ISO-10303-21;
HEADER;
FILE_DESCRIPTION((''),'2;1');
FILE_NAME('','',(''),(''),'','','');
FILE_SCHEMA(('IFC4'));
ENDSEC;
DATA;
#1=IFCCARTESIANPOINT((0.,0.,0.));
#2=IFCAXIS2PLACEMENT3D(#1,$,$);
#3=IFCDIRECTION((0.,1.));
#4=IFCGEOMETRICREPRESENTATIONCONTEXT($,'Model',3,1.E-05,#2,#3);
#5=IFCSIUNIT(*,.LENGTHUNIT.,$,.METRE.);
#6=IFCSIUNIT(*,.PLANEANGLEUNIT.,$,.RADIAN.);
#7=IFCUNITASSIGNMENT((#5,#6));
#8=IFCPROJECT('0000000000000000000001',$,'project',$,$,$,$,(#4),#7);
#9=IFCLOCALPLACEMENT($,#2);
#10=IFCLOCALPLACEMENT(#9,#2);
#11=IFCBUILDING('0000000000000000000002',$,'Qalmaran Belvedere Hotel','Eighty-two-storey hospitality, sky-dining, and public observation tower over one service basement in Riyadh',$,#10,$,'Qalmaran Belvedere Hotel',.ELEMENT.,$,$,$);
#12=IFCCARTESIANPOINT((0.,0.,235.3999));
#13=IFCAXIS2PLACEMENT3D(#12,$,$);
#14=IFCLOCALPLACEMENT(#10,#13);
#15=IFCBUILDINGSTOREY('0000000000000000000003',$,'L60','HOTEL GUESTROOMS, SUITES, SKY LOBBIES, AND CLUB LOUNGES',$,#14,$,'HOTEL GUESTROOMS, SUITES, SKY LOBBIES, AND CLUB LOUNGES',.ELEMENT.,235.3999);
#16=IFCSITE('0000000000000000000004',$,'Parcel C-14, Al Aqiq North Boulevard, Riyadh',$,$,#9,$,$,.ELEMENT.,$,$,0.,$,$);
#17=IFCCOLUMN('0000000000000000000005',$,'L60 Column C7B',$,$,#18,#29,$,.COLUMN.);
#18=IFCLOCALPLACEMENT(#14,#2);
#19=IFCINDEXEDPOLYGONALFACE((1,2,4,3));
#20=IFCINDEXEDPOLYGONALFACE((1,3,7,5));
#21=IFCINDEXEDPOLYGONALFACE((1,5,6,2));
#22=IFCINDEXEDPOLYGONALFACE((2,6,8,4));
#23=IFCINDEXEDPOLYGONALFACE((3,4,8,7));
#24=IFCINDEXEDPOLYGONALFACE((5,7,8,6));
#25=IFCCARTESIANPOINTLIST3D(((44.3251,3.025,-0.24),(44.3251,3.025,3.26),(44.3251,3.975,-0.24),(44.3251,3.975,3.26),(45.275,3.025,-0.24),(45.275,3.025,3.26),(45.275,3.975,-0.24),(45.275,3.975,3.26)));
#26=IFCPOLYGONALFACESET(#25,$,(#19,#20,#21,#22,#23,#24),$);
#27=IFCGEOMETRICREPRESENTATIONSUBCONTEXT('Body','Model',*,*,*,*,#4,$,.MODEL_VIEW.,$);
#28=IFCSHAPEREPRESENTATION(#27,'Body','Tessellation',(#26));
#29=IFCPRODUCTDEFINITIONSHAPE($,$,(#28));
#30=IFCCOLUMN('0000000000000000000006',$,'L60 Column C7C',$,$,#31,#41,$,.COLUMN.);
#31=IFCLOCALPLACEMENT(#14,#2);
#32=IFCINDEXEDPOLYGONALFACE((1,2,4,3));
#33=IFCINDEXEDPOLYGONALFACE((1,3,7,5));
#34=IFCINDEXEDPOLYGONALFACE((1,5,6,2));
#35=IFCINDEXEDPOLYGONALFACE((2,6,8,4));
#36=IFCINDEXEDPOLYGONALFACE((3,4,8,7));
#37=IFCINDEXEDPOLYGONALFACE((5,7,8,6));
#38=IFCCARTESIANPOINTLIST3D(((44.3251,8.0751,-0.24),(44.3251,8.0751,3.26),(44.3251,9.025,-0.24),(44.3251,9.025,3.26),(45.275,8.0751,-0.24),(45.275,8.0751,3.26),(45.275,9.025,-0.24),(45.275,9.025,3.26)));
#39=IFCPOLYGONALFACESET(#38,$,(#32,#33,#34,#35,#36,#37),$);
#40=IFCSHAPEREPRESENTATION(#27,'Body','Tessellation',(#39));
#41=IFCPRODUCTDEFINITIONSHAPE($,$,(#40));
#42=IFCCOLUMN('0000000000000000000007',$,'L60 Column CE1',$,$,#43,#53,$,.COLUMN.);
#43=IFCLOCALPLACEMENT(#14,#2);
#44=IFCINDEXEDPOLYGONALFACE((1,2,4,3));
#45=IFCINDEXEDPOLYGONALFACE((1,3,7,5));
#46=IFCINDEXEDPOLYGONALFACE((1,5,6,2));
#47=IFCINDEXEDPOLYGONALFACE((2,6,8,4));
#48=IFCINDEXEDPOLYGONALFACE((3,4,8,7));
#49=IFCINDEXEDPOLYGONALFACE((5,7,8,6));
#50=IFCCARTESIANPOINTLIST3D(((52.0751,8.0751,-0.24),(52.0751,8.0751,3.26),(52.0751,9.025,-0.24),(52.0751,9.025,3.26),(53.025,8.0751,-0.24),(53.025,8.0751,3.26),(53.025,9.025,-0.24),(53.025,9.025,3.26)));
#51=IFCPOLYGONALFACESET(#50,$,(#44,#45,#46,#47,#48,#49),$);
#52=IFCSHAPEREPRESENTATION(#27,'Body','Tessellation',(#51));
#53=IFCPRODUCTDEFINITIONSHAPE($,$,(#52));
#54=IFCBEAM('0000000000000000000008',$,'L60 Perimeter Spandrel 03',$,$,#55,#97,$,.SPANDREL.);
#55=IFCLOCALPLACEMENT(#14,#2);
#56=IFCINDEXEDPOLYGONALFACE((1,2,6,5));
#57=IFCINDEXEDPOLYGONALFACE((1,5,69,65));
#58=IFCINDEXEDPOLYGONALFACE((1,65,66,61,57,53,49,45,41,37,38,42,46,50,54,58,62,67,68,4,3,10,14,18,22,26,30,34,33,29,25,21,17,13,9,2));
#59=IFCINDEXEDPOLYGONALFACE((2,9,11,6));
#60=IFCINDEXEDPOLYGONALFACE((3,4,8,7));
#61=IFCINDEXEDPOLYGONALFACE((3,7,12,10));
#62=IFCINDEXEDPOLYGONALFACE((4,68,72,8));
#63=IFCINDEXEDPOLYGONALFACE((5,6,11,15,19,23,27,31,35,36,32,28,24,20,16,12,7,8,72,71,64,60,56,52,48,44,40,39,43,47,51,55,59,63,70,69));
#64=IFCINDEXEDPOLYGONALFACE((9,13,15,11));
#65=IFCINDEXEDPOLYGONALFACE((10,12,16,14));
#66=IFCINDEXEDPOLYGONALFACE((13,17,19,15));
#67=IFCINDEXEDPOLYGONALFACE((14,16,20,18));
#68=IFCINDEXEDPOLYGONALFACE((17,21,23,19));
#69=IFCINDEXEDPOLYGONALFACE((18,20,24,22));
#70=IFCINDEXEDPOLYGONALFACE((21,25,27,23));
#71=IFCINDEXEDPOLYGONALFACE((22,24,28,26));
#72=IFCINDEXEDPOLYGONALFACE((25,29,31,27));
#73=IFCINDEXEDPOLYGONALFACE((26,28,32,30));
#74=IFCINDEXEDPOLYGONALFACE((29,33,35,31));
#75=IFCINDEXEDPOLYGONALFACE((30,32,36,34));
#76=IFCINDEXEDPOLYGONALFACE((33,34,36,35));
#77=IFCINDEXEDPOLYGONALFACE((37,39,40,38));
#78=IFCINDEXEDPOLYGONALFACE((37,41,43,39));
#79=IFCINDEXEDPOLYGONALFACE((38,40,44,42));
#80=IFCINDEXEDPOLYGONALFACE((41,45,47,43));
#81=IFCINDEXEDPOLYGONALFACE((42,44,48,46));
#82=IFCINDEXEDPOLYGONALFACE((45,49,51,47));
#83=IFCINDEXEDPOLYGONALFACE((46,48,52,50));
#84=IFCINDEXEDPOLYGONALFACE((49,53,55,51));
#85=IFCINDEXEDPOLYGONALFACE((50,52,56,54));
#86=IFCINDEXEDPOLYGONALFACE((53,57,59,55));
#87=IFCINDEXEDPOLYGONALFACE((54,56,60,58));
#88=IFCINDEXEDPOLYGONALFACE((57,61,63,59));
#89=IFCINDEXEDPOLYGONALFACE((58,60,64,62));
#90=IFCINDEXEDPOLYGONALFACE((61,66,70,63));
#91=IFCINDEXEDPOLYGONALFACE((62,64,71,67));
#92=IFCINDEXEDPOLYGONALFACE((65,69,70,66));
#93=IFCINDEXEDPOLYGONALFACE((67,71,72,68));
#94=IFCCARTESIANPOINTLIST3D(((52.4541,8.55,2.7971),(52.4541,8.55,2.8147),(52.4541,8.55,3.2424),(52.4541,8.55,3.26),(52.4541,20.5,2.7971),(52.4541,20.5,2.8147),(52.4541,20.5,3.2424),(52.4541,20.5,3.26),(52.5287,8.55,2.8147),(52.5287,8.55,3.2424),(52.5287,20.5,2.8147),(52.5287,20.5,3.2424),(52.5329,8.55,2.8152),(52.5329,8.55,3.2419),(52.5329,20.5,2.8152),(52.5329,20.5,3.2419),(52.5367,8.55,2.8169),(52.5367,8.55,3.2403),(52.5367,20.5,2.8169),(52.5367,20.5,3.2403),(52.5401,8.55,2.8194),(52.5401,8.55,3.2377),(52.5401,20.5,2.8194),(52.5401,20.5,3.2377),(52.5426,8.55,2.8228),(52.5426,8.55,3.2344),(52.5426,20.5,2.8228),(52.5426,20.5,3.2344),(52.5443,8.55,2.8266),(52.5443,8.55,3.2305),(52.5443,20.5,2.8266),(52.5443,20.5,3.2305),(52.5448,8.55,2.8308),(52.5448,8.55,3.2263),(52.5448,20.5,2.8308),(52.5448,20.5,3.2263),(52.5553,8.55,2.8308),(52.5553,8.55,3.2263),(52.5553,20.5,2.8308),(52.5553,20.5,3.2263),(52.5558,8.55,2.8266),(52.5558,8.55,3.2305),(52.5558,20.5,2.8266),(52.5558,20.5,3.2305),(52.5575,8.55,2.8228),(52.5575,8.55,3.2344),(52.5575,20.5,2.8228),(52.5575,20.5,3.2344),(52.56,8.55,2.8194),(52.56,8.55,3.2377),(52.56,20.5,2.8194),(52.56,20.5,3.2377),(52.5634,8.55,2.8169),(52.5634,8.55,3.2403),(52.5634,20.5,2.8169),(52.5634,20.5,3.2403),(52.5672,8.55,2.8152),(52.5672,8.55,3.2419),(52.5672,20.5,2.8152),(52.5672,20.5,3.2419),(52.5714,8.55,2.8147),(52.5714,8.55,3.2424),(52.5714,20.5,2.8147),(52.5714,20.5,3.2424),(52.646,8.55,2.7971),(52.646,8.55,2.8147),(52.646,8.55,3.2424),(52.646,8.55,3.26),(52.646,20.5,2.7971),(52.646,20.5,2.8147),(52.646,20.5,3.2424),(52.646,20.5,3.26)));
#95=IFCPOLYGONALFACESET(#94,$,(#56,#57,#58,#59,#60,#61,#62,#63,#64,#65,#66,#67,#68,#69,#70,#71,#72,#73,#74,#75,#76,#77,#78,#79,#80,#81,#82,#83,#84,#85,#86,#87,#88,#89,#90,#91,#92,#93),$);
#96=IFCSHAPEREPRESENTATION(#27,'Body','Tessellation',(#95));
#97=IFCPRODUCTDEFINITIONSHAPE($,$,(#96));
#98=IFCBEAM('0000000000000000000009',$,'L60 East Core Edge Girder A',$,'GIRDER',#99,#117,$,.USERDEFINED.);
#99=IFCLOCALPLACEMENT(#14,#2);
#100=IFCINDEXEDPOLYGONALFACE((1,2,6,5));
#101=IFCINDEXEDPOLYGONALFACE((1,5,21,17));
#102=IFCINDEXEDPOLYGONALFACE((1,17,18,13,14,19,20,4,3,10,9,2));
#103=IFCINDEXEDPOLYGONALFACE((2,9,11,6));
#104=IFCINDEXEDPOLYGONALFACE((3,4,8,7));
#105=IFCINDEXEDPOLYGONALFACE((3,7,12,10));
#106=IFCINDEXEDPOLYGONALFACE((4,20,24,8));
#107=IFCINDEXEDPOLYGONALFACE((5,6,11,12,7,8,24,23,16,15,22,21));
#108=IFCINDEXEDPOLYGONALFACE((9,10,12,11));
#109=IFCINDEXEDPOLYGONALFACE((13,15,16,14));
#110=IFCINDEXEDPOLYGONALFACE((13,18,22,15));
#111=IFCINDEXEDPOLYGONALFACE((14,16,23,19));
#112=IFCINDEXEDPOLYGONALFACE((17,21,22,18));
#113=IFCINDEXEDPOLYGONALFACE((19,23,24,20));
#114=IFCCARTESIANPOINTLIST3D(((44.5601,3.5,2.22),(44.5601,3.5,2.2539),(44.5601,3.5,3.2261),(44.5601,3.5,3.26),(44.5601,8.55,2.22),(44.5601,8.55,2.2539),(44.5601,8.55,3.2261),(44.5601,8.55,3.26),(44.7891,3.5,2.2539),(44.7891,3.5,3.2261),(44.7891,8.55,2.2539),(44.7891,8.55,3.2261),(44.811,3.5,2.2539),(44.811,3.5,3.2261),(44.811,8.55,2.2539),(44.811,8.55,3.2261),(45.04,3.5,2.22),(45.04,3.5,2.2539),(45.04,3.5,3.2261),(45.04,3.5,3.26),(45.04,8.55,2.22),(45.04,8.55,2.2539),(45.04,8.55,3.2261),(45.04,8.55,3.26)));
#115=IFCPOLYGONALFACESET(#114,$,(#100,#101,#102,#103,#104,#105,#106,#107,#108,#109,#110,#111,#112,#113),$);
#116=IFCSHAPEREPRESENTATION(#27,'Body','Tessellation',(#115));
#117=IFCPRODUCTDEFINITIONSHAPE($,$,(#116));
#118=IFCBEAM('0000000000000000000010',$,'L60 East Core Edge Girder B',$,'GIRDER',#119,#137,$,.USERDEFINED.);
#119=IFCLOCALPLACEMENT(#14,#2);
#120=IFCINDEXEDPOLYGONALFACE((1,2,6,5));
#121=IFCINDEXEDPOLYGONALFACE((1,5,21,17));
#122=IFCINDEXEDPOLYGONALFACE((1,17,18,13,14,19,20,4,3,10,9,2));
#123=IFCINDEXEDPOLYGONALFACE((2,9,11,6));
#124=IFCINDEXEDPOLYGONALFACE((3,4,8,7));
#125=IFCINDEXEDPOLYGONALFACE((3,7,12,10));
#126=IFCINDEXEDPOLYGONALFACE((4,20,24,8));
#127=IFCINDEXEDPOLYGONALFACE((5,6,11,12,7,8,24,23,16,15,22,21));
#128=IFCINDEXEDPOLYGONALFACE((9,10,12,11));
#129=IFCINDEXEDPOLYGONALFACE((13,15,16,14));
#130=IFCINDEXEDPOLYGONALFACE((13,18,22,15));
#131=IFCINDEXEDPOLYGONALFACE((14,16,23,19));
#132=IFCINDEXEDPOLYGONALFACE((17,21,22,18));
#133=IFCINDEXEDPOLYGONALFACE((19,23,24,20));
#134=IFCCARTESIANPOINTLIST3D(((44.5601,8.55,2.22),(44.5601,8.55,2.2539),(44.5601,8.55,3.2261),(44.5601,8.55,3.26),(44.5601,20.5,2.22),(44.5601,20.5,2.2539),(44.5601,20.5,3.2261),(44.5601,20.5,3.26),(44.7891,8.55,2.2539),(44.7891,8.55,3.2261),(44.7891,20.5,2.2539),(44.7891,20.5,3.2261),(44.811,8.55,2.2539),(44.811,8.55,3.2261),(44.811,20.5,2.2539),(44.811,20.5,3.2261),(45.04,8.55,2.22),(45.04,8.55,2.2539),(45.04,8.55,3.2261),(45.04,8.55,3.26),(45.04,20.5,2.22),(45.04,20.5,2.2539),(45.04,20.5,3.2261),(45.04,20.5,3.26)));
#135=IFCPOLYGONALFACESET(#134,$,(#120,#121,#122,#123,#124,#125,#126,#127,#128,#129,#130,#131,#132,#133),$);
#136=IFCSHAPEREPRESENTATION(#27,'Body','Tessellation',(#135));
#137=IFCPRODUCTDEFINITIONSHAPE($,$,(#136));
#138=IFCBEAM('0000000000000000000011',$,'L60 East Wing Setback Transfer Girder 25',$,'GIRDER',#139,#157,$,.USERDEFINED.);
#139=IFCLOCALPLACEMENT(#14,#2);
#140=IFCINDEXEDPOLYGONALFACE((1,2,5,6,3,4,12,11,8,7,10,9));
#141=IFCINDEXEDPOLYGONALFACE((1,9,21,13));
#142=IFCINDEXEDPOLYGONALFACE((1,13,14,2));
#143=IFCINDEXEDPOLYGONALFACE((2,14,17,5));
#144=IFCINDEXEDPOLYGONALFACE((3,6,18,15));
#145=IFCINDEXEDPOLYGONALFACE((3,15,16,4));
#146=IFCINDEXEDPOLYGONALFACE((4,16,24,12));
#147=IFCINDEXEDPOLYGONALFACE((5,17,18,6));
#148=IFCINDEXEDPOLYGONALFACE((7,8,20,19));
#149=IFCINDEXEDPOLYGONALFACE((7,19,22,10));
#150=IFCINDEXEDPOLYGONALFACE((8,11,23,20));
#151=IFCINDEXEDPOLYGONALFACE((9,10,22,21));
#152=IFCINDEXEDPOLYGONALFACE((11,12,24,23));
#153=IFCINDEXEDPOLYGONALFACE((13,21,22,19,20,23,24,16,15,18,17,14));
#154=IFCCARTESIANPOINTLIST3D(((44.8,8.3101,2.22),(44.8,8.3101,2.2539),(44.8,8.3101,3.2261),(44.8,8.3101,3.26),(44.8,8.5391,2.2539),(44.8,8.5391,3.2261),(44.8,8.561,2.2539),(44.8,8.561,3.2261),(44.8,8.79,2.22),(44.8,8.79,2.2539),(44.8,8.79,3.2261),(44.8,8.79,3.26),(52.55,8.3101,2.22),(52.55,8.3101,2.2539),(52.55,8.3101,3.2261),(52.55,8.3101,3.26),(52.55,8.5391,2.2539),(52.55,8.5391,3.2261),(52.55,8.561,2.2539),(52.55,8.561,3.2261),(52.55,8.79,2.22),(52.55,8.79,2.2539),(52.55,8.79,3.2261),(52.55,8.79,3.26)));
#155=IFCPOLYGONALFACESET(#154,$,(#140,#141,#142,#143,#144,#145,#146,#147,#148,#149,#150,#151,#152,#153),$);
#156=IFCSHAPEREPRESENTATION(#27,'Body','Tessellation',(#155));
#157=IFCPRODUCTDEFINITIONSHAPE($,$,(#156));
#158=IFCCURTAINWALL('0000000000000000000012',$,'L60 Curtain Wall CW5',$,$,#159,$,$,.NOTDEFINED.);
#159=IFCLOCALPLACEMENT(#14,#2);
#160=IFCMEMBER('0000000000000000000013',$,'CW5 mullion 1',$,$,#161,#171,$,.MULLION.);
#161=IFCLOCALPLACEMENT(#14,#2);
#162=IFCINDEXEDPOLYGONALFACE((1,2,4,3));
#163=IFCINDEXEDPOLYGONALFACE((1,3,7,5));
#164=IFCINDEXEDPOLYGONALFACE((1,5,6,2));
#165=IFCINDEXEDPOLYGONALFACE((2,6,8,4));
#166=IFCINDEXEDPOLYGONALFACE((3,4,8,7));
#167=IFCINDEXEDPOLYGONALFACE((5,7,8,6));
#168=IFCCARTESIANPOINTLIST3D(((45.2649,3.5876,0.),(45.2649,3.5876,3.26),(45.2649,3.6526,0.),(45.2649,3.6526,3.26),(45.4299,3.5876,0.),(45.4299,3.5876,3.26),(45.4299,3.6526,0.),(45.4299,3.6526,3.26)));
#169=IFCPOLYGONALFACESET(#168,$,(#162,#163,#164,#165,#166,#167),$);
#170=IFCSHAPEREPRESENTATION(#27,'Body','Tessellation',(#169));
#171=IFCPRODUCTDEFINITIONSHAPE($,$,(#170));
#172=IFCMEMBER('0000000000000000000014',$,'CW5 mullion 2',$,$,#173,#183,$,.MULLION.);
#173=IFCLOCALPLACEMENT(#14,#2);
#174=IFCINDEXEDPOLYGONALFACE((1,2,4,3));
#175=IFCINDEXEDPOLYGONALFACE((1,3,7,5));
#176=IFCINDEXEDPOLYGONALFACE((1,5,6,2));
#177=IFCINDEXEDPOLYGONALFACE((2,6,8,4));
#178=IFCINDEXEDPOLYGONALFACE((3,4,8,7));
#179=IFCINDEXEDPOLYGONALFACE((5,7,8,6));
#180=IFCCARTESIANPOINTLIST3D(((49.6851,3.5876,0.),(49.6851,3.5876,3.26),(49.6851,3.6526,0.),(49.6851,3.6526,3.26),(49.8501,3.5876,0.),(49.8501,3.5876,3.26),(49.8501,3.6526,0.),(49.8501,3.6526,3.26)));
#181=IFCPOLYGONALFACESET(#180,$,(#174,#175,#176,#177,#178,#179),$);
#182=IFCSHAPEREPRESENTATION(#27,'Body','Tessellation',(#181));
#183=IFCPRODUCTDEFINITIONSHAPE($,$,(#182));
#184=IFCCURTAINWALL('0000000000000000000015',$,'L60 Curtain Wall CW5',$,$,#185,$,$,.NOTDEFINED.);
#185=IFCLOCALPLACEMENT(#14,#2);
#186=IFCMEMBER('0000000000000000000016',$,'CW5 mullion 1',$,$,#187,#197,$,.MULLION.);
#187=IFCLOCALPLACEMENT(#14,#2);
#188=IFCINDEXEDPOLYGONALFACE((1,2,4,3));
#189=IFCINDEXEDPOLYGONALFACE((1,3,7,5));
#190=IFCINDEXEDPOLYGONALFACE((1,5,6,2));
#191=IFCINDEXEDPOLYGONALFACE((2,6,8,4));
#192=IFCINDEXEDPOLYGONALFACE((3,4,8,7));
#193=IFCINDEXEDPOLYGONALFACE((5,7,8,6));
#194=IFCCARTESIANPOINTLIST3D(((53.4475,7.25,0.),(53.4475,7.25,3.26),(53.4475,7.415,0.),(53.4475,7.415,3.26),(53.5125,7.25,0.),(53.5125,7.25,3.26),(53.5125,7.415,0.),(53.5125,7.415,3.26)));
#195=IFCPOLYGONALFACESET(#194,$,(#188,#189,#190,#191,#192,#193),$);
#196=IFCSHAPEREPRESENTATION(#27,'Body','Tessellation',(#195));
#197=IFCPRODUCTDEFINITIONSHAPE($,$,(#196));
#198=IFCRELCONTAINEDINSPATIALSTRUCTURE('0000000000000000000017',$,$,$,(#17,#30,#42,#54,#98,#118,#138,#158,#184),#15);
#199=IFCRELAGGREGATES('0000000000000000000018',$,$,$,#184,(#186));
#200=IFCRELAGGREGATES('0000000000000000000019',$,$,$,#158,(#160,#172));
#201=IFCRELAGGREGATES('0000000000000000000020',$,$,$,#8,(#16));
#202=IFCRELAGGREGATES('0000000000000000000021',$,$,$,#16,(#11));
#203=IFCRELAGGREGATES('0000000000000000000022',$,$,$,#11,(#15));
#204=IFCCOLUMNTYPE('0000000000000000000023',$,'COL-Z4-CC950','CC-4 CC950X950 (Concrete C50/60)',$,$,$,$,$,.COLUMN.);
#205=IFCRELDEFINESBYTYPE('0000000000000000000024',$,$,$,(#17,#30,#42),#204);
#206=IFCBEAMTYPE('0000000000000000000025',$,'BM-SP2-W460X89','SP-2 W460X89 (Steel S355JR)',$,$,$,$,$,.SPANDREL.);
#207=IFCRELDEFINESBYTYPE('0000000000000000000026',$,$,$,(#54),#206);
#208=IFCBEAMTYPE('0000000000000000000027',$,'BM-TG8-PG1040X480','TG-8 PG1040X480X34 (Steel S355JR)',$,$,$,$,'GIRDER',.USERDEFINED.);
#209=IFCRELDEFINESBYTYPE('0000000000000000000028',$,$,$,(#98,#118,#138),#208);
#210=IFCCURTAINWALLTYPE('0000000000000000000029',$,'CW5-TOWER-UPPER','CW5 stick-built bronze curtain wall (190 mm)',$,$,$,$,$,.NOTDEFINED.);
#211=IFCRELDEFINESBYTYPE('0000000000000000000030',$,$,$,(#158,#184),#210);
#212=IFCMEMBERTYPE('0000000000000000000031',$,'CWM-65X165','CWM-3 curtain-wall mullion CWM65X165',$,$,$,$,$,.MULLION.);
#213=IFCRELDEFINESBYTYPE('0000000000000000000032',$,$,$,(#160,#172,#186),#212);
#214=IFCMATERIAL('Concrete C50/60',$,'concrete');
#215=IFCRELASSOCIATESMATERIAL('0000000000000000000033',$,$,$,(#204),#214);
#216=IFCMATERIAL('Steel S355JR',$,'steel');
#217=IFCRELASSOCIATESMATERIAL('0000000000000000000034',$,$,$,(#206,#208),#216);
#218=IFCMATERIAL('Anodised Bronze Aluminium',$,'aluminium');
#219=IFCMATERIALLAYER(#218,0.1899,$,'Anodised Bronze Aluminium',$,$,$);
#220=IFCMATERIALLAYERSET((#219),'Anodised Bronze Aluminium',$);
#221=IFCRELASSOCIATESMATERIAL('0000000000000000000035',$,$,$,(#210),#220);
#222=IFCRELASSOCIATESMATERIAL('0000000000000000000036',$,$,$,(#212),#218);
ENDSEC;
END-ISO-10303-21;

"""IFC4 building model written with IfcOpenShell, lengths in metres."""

from ifc_helpers import new_model, si_unit, direction, frame, origin, origin_2d, place, context, subcontext, project, spatial, rectangle, i_section, extrude, material, layer, layer_set, material_profile, profile_set, type_object, element, aggregate, save


model = new_model("IFC4")

# Units and contexts
model_context = context("Model", 3, precision=1e-05, world=origin(), true_north=direction((0.0, 1.0)))
body_context = subcontext(model_context, "Body", "Model", "MODEL_VIEW")
ifc_project = project(units=[si_unit("LENGTHUNIT", "METRE"), si_unit("PLANEANGLEUNIT", "RADIAN")], contexts=[model_context])

# Site, building, storey
site_placement = place(None, origin())
site = spatial("IfcSite", under=ifc_project, at=site_placement, Name="Parcel C-14, Al Aqiq North Boulevard, Riyadh", CompositionType="ELEMENT", RefElevation=0.0)
building_placement = place(site_placement, origin())
building = spatial("IfcBuilding", under=site, at=building_placement, Name="Qalmaran Belvedere Hotel", Description="Eighty-two-storey hospitality, sky-dining, and public observation tower over one service basement in Riyadh", LongName="Qalmaran Belvedere Hotel", CompositionType="ELEMENT")
storey_placement = place(building_placement, frame((0.0, 0.0, 235.3999)))
storey = spatial("IfcBuildingStorey", under=building, at=storey_placement, Name="L60", Description="HOTEL GUESTROOMS, SUITES, SKY LOBBIES, AND CLUB LOUNGES", LongName="HOTEL GUESTROOMS, SUITES, SKY LOBBIES, AND CLUB LOUNGES", CompositionType="ELEMENT", Elevation=235.3999)

# Columns
ifc_material_1 = material(Name="Concrete C50/60", Category="concrete")
ifc_material_profile_1 = material_profile(ifc_material_1, rectangle(XDim=0.95, YDim=0.95, at=origin_2d()), Name="CC950X950")
ifc_profile_set_1 = profile_set([ifc_material_profile_1], Name="Concrete C50/60")
column_type = type_object("IfcColumnType", Name="COL-Z4-CC950", Description="CC-4 CC950X950 (Concrete C50/60)", PredefinedType="COLUMN", material=ifc_profile_set_1)
for number, where, z_axis, x_axis, name in (
    (1, (44.8, 3.5, -0.24), (0.0, 0.0, 1.0), (1.0, 0.0, 0.0), "L60 Column C7B"),
    (2, (44.8, 8.55, -0.24), (0.0, 0.0, 1.0), (1.0, 0.0, 0.0), "L60 Column C7C"),
    (3, (52.55, 8.55, -0.24), (0.0, 0.0, 1.0), (1.0, 0.0, 0.0), "L60 Column CE1"),
):
    element("IfcColumn", number, at=place(storey_placement, frame(where, z_axis=z_axis, x_axis=x_axis)), inside=storey, type_object=column_type, Name=name, PredefinedType="COLUMN", context=body_context, shape_type="SweptSolid", body=[
        extrude(rectangle(XDim=0.95, YDim=0.95, at=origin_2d()), origin(), (0.0, 0.0, 1.0), 3.5),
    ])

# Beams
ifc_material_2 = material(Name="Steel S355JR", Category="steel")
ifc_material_profile_2 = material_profile(ifc_material_2, i_section(OverallWidth=0.1919, OverallDepth=0.4629, WebThickness=0.0105, FlangeThickness=0.0176, FilletRadius=0.0161, at=origin_2d()), Name="W460X89")
ifc_profile_set_2 = profile_set([ifc_material_profile_2], Name="Steel S355JR")
beam_type_1 = type_object("IfcBeamType", Name="BM-SP2-W460X89", Description="SP-2 W460X89 (Steel S355JR)", PredefinedType="SPANDREL", material=ifc_profile_set_2)
beam_1_placement = place(storey_placement, frame((52.55, 8.55, 3.0286), z_axis=(0.0, 1.0, 0.0), x_axis=(-1.0, 0.0, 0.0)))
element("IfcBeam", 4, at=beam_1_placement, inside=storey, type_object=beam_type_1, Name="L60 Perimeter Spandrel 03", PredefinedType="SPANDREL", context=body_context, shape_type="SweptSolid", body=[
    extrude(i_section(OverallWidth=0.1919, OverallDepth=0.4629, WebThickness=0.0105, FlangeThickness=0.0176, FilletRadius=0.0161, at=origin_2d()), origin(), (0.0, 0.0, 1.0), 11.95),
])
ifc_material_profile_3 = material_profile(ifc_material_2, i_section(OverallWidth=0.48, OverallDepth=1.04, WebThickness=0.022, FlangeThickness=0.0339, at=origin_2d()), Name="PG1040X480X34")
ifc_profile_set_3 = profile_set([ifc_material_profile_3], Name="Steel S355JR")
beam_type_2 = type_object("IfcBeamType", Name="BM-TG8-PG1040X480", Description="TG-8 PG1040X480X34 (Steel S355JR)", ElementType="GIRDER", PredefinedType="USERDEFINED", material=ifc_profile_set_3)
beam_2_placement = place(storey_placement, frame((44.8, 3.5, 2.74), z_axis=(0.0, 1.0, 0.0), x_axis=(-1.0, 0.0, 0.0)))
element("IfcBeam", 5, at=beam_2_placement, inside=storey, type_object=beam_type_2, Name="L60 East Core Edge Girder A", ObjectType="GIRDER", PredefinedType="USERDEFINED", context=body_context, shape_type="SweptSolid", body=[
    extrude(i_section(OverallWidth=0.48, OverallDepth=1.04, WebThickness=0.022, FlangeThickness=0.0339, at=origin_2d()), origin(), (0.0, 0.0, 1.0), 5.05),
])
beam_3_placement = place(storey_placement, frame((44.8, 8.55, 2.74), z_axis=(0.0, 1.0, 0.0), x_axis=(-1.0, 0.0, 0.0)))
element("IfcBeam", 6, at=beam_3_placement, inside=storey, type_object=beam_type_2, Name="L60 East Core Edge Girder B", ObjectType="GIRDER", PredefinedType="USERDEFINED", context=body_context, shape_type="SweptSolid", body=[
    extrude(i_section(OverallWidth=0.48, OverallDepth=1.04, WebThickness=0.022, FlangeThickness=0.0339, at=origin_2d()), origin(), (0.0, 0.0, 1.0), 11.95),
])
beam_4_placement = place(storey_placement, frame((44.8, 8.55, 2.74), z_axis=(1.0, 0.0, 0.0), x_axis=(0.0, 1.0, 0.0)))
element("IfcBeam", 7, at=beam_4_placement, inside=storey, type_object=beam_type_2, Name="L60 East Wing Setback Transfer Girder 25", ObjectType="GIRDER", PredefinedType="USERDEFINED", context=body_context, shape_type="SweptSolid", body=[
    extrude(i_section(OverallWidth=0.48, OverallDepth=1.04, WebThickness=0.022, FlangeThickness=0.0339, at=origin_2d()), origin(), (0.0, 0.0, 1.0), 7.75),
])

# Curtain wall, members
ifc_material_3 = material(Name="Anodised Bronze Aluminium", Category="aluminium")
ifc_layer_1 = layer(ifc_material_3, 0.1899, Name="Anodised Bronze Aluminium")
ifc_layer_set_1 = layer_set([ifc_layer_1], Name="Anodised Bronze Aluminium")
curtain_wall_type = type_object("IfcCurtainWallType", Name="CW5-TOWER-UPPER", Description="CW5 stick-built bronze curtain wall (190 mm)", PredefinedType="NOTDEFINED", material=ifc_layer_set_1)
curtain_wall_1_placement = place(storey_placement, origin())
curtain_wall_1 = element("IfcCurtainWall", 8, at=curtain_wall_1_placement, inside=storey, type_object=curtain_wall_type, Name="L60 Curtain Wall CW5", PredefinedType="NOTDEFINED")
ifc_material_profile_4 = material_profile(ifc_material_3, rectangle(XDim=0.0649, YDim=0.165, at=origin_2d()), Name="CWM65X165")
ifc_profile_set_4 = profile_set([ifc_material_profile_4], Name="Anodised Bronze Aluminium")
member_type_1 = type_object("IfcMemberType", Name="CWM-65X165", Description="CWM-3 curtain-wall mullion CWM65X165", PredefinedType="MULLION", material=ifc_profile_set_4)
member_1_placement = place(storey_placement, frame((45.3474, 3.6201, 0.0), z_axis=(0.0, 0.0, 1.0), x_axis=(0.0, 1.0, 0.0)))
member_1 = element("IfcMember", 9, at=member_1_placement, type_object=member_type_1, Name="CW5 mullion 1", PredefinedType="MULLION", context=body_context, shape_type="SweptSolid", body=[
    extrude(rectangle(XDim=0.0649, YDim=0.165, at=origin_2d()), origin(), (0.0, 0.0, 1.0), 3.26),
])
member_2_placement = place(storey_placement, frame((49.7676, 3.6201, 0.0), z_axis=(0.0, 0.0, 1.0), x_axis=(0.0, 1.0, 0.0)))
member_2 = element("IfcMember", 10, at=member_2_placement, type_object=member_type_1, Name="CW5 mullion 2", PredefinedType="MULLION", context=body_context, shape_type="SweptSolid", body=[
    extrude(rectangle(XDim=0.0649, YDim=0.165, at=origin_2d()), origin(), (0.0, 0.0, 1.0), 3.26),
])

# Curtain wall, member
curtain_wall_2_placement = place(storey_placement, origin())
curtain_wall_2 = element("IfcCurtainWall", 11, at=curtain_wall_2_placement, inside=storey, type_object=curtain_wall_type, Name="L60 Curtain Wall CW5", PredefinedType="NOTDEFINED")
member_3_placement = place(storey_placement, frame((53.48, 7.3325, 0.0), z_axis=(0.0, 0.0, 1.0), x_axis=(-1.0, 0.0, 0.0)))
member_3 = element("IfcMember", 12, at=member_3_placement, type_object=member_type_1, Name="CW5 mullion 1", PredefinedType="MULLION", context=body_context, shape_type="SweptSolid", body=[
    extrude(rectangle(XDim=0.0649, YDim=0.165, at=origin_2d()), origin(), (0.0, 0.0, 1.0), 3.26),
])

aggregate(curtain_wall_2, [member_3])

aggregate(curtain_wall_1, [member_1, member_2])

save(model, "model.ifc")
